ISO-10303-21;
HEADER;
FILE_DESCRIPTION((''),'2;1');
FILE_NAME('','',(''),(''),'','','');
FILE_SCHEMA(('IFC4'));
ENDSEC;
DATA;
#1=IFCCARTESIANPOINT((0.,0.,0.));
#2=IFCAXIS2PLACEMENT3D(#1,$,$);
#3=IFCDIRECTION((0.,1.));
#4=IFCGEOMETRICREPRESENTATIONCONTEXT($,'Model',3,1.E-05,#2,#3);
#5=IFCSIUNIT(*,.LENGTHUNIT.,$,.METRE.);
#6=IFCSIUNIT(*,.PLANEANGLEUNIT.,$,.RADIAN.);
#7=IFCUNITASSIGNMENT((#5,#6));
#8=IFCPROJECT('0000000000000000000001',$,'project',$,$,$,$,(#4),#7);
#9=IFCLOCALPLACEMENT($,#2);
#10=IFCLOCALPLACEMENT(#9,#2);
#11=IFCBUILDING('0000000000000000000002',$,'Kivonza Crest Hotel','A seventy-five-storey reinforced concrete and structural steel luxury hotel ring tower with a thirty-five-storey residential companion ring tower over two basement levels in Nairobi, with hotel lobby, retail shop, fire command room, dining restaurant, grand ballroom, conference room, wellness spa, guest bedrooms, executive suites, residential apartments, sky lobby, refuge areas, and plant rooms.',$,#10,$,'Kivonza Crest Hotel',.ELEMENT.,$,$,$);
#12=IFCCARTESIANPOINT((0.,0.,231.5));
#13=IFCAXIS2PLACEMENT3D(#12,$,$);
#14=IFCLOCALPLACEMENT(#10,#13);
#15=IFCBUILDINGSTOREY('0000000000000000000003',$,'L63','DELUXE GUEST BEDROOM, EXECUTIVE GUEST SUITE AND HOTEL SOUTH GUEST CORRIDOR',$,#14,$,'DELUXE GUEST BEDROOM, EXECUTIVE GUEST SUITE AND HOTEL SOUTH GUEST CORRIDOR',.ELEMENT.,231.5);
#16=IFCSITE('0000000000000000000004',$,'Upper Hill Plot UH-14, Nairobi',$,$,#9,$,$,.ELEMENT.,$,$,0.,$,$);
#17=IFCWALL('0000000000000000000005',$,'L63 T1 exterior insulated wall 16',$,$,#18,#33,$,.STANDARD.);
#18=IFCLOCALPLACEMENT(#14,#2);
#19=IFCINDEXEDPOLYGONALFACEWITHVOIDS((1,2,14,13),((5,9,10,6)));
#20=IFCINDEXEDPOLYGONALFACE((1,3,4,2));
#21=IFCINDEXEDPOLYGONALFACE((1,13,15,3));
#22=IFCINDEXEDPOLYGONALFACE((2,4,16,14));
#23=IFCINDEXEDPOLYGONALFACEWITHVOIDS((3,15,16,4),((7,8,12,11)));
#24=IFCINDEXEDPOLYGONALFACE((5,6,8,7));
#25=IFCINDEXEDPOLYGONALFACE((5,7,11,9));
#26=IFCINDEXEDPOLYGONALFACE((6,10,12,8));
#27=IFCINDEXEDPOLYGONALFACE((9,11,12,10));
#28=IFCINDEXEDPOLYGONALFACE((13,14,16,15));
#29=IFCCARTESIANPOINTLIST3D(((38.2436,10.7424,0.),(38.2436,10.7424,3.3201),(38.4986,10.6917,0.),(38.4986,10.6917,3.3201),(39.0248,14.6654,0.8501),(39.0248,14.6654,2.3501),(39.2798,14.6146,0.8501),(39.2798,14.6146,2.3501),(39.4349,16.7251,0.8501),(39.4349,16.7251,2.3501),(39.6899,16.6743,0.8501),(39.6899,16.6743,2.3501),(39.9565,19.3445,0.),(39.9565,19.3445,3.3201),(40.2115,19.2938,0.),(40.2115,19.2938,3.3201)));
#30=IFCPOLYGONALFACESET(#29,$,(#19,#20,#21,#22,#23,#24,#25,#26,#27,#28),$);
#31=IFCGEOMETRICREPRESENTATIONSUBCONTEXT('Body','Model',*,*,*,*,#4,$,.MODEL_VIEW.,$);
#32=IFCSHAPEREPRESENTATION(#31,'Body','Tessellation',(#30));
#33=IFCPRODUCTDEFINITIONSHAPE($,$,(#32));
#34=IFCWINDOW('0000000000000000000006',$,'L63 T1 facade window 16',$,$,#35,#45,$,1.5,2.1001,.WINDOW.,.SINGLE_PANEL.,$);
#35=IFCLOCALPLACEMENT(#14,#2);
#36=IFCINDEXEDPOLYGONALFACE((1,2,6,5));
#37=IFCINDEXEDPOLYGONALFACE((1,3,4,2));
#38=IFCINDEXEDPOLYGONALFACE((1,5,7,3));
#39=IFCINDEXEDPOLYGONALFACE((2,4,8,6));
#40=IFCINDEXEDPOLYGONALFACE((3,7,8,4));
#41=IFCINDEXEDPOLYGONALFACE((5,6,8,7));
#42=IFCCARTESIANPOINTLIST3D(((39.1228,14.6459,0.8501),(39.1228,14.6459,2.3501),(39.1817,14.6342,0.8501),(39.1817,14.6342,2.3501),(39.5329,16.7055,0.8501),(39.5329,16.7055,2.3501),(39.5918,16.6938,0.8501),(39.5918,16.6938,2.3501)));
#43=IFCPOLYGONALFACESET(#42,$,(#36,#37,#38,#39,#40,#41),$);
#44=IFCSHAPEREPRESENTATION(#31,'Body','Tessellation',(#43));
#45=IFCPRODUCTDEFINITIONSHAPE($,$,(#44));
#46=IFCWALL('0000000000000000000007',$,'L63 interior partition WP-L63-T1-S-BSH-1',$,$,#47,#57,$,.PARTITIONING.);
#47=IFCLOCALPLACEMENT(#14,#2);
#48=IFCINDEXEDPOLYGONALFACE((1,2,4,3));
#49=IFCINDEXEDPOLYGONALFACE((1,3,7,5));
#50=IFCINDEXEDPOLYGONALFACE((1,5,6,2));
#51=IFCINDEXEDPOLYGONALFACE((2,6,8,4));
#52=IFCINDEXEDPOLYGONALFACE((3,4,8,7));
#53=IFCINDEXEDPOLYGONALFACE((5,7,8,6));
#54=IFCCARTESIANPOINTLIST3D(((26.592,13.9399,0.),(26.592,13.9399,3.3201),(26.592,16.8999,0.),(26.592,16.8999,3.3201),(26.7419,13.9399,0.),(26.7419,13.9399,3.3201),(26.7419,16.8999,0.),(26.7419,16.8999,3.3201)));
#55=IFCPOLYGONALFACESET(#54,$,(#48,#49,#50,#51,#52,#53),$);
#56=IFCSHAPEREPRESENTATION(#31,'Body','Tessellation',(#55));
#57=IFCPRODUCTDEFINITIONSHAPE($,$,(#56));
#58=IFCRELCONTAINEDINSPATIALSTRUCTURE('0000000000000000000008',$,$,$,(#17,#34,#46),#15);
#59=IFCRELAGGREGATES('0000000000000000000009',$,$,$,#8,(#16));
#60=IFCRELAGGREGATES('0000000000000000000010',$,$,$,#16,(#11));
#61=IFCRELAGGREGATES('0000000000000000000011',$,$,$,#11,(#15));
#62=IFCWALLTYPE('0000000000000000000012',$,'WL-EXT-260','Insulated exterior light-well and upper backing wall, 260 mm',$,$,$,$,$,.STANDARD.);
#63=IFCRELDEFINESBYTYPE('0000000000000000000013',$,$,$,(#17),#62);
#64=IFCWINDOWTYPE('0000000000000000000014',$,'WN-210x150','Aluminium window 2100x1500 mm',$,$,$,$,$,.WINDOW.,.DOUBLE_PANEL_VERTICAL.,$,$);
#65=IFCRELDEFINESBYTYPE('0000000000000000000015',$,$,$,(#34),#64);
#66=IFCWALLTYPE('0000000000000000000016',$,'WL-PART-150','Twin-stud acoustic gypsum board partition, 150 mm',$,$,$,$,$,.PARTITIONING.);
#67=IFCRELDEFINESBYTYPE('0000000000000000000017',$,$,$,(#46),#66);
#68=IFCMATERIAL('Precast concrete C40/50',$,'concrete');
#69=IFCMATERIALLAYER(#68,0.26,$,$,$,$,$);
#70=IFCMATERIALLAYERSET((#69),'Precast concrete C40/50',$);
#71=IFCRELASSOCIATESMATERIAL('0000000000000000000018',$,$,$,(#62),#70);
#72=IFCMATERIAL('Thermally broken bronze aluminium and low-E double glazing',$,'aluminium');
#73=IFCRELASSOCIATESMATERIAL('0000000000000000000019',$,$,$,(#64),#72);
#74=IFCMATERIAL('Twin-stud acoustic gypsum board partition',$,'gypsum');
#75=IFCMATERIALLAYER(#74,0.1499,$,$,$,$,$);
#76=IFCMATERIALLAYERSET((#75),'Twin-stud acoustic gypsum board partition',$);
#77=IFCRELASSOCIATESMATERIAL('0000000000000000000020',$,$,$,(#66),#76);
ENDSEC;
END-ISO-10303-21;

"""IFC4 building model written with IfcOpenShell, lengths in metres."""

from ifc_helpers import new_model, si_unit, direction, frame, frame_2d, origin, place, context, subcontext, project, spatial, rectangle, extrude, material, layer, layer_set, type_object, element, fill, save


model = new_model("IFC4")

# Units and contexts
model_context = context("Model", 3, precision=1e-05, world=origin(), true_north=direction((0.0, 1.0)))
body_context = subcontext(model_context, "Body", "Model", "MODEL_VIEW")
ifc_project = project(units=[si_unit("LENGTHUNIT", "METRE"), si_unit("PLANEANGLEUNIT", "RADIAN")], contexts=[model_context])

# Site, building, storey
site_placement = place(None, origin())
site = spatial("IfcSite", under=ifc_project, at=site_placement, Name="Upper Hill Plot UH-14, Nairobi", CompositionType="ELEMENT", RefElevation=0.0)
building_placement = place(site_placement, origin())
building = spatial("IfcBuilding", under=site, at=building_placement, Name="Kivonza Crest Hotel", Description="A seventy-five-storey reinforced concrete and structural steel luxury hotel ring tower with a thirty-five-storey residential companion ring tower over two basement levels in Nairobi, with hotel lobby, retail shop, fire command room, dining restaurant, grand ballroom, conference room, wellness spa, guest bedrooms, executive suites, residential apartments, sky lobby, refuge areas, and plant rooms.", LongName="Kivonza Crest Hotel", CompositionType="ELEMENT")
storey_placement = place(building_placement, frame((0.0, 0.0, 231.5)))
storey = spatial("IfcBuildingStorey", under=building, at=storey_placement, Name="L63", Description="DELUXE GUEST BEDROOM, EXECUTIVE GUEST SUITE AND HOTEL SOUTH GUEST CORRIDOR", LongName="DELUXE GUEST BEDROOM, EXECUTIVE GUEST SUITE AND HOTEL SOUTH GUEST CORRIDOR", CompositionType="ELEMENT", Elevation=231.5)

# Shared definitions
ifc_material_1 = material(Name="Precast concrete C40/50", Category="concrete")
ifc_layer_1 = layer(ifc_material_1, 0.26)
ifc_layer_set_1 = layer_set([ifc_layer_1], Name="Precast concrete C40/50")
wall_type_1 = type_object("IfcWallType", Name="WL-EXT-260", Description="Insulated exterior light-well and upper backing wall, 260 mm", PredefinedType="STANDARD", material=ifc_layer_set_1)
ifc_material_2 = material(Name="Thermally broken bronze aluminium and low-E double glazing", Category="aluminium")
window_type = type_object("IfcWindowType", Name="WN-210x150", Description="Aluminium window 2100x1500 mm", PartitioningType="DOUBLE_PANEL_VERTICAL", PredefinedType="WINDOW", material=ifc_material_2)

# Wall, opening, window
wall_1_placement = place(storey_placement, frame((38.3711, 10.717, 0.0), z_axis=(0.0, 0.0, 1.0), x_axis=(0.195292, 0.980745, 0.0)))
wall_1 = element("IfcWall", 1, at=wall_1_placement, inside=storey, type_object=wall_type_1, Name="L63 T1 exterior insulated wall 16", PredefinedType="STANDARD", context=body_context, shape_type="SweptSolid", body=[
    extrude(rectangle(XDim=8.771, YDim=0.26, at=frame_2d((4.3855, 0.0))), origin(), (0.0, 0.0, 1.0), 3.3201),
])
opening_1_placement = place(wall_1_placement, frame((4.0, 0.0, 0.8501)))
opening_1 = element("IfcOpeningElement", 2, at=opening_1_placement, cuts=wall_1, PredefinedType="OPENING", context=body_context, shape_type="SweptSolid", body=[
    extrude(rectangle(XDim=2.1001, YDim=1.5, at=frame_2d((1.05, 0.75))), frame((0.0, 0.1401, 0.0), z_axis=(0.0, -1.0, 0.0), x_axis=(1.0, 0.0, 0.0)), (0.0, 0.0, 1.0), 0.28),
])
window_1_placement = place(opening_1_placement, origin())
window_1 = element("IfcWindow", 3, at=window_1_placement, inside=storey, type_object=window_type, Name="L63 T1 facade window 16", OverallHeight=1.5, OverallWidth=2.1001, PartitioningType="SINGLE_PANEL", PredefinedType="WINDOW", context=body_context, shape_type="SweptSolid", body=[
    extrude(rectangle(XDim=2.1001, YDim=1.5, at=frame_2d((1.05, 0.75))), frame((0.0, 0.03, 0.0), z_axis=(0.0, -1.0, 0.0), x_axis=(1.0, 0.0, 0.0)), (0.0, 0.0, 1.0), 0.0601),
])
fill(opening_1, window_1)

# Wall
ifc_material_3 = material(Name="Twin-stud acoustic gypsum board partition", Category="gypsum")
ifc_layer_2 = layer(ifc_material_3, 0.1499)
ifc_layer_set_2 = layer_set([ifc_layer_2], Name="Twin-stud acoustic gypsum board partition")
wall_type_2 = type_object("IfcWallType", Name="WL-PART-150", Description="Twin-stud acoustic gypsum board partition, 150 mm", PredefinedType="PARTITIONING", material=ifc_layer_set_2)
wall_2_placement = place(storey_placement, frame((26.667, 13.9399, 0.0), z_axis=(0.0, 0.0, 1.0), x_axis=(0.0, 1.0, 0.0)))
element("IfcWall", 4, at=wall_2_placement, inside=storey, type_object=wall_type_2, Name="L63 interior partition WP-L63-T1-S-BSH-1", PredefinedType="PARTITIONING", context=body_context, shape_type="SweptSolid", body=[
    extrude(rectangle(XDim=2.96, YDim=0.1499, at=frame_2d((1.48, 0.0))), origin(), (0.0, 0.0, 1.0), 3.3201),
])

save(model, "model.ifc")
